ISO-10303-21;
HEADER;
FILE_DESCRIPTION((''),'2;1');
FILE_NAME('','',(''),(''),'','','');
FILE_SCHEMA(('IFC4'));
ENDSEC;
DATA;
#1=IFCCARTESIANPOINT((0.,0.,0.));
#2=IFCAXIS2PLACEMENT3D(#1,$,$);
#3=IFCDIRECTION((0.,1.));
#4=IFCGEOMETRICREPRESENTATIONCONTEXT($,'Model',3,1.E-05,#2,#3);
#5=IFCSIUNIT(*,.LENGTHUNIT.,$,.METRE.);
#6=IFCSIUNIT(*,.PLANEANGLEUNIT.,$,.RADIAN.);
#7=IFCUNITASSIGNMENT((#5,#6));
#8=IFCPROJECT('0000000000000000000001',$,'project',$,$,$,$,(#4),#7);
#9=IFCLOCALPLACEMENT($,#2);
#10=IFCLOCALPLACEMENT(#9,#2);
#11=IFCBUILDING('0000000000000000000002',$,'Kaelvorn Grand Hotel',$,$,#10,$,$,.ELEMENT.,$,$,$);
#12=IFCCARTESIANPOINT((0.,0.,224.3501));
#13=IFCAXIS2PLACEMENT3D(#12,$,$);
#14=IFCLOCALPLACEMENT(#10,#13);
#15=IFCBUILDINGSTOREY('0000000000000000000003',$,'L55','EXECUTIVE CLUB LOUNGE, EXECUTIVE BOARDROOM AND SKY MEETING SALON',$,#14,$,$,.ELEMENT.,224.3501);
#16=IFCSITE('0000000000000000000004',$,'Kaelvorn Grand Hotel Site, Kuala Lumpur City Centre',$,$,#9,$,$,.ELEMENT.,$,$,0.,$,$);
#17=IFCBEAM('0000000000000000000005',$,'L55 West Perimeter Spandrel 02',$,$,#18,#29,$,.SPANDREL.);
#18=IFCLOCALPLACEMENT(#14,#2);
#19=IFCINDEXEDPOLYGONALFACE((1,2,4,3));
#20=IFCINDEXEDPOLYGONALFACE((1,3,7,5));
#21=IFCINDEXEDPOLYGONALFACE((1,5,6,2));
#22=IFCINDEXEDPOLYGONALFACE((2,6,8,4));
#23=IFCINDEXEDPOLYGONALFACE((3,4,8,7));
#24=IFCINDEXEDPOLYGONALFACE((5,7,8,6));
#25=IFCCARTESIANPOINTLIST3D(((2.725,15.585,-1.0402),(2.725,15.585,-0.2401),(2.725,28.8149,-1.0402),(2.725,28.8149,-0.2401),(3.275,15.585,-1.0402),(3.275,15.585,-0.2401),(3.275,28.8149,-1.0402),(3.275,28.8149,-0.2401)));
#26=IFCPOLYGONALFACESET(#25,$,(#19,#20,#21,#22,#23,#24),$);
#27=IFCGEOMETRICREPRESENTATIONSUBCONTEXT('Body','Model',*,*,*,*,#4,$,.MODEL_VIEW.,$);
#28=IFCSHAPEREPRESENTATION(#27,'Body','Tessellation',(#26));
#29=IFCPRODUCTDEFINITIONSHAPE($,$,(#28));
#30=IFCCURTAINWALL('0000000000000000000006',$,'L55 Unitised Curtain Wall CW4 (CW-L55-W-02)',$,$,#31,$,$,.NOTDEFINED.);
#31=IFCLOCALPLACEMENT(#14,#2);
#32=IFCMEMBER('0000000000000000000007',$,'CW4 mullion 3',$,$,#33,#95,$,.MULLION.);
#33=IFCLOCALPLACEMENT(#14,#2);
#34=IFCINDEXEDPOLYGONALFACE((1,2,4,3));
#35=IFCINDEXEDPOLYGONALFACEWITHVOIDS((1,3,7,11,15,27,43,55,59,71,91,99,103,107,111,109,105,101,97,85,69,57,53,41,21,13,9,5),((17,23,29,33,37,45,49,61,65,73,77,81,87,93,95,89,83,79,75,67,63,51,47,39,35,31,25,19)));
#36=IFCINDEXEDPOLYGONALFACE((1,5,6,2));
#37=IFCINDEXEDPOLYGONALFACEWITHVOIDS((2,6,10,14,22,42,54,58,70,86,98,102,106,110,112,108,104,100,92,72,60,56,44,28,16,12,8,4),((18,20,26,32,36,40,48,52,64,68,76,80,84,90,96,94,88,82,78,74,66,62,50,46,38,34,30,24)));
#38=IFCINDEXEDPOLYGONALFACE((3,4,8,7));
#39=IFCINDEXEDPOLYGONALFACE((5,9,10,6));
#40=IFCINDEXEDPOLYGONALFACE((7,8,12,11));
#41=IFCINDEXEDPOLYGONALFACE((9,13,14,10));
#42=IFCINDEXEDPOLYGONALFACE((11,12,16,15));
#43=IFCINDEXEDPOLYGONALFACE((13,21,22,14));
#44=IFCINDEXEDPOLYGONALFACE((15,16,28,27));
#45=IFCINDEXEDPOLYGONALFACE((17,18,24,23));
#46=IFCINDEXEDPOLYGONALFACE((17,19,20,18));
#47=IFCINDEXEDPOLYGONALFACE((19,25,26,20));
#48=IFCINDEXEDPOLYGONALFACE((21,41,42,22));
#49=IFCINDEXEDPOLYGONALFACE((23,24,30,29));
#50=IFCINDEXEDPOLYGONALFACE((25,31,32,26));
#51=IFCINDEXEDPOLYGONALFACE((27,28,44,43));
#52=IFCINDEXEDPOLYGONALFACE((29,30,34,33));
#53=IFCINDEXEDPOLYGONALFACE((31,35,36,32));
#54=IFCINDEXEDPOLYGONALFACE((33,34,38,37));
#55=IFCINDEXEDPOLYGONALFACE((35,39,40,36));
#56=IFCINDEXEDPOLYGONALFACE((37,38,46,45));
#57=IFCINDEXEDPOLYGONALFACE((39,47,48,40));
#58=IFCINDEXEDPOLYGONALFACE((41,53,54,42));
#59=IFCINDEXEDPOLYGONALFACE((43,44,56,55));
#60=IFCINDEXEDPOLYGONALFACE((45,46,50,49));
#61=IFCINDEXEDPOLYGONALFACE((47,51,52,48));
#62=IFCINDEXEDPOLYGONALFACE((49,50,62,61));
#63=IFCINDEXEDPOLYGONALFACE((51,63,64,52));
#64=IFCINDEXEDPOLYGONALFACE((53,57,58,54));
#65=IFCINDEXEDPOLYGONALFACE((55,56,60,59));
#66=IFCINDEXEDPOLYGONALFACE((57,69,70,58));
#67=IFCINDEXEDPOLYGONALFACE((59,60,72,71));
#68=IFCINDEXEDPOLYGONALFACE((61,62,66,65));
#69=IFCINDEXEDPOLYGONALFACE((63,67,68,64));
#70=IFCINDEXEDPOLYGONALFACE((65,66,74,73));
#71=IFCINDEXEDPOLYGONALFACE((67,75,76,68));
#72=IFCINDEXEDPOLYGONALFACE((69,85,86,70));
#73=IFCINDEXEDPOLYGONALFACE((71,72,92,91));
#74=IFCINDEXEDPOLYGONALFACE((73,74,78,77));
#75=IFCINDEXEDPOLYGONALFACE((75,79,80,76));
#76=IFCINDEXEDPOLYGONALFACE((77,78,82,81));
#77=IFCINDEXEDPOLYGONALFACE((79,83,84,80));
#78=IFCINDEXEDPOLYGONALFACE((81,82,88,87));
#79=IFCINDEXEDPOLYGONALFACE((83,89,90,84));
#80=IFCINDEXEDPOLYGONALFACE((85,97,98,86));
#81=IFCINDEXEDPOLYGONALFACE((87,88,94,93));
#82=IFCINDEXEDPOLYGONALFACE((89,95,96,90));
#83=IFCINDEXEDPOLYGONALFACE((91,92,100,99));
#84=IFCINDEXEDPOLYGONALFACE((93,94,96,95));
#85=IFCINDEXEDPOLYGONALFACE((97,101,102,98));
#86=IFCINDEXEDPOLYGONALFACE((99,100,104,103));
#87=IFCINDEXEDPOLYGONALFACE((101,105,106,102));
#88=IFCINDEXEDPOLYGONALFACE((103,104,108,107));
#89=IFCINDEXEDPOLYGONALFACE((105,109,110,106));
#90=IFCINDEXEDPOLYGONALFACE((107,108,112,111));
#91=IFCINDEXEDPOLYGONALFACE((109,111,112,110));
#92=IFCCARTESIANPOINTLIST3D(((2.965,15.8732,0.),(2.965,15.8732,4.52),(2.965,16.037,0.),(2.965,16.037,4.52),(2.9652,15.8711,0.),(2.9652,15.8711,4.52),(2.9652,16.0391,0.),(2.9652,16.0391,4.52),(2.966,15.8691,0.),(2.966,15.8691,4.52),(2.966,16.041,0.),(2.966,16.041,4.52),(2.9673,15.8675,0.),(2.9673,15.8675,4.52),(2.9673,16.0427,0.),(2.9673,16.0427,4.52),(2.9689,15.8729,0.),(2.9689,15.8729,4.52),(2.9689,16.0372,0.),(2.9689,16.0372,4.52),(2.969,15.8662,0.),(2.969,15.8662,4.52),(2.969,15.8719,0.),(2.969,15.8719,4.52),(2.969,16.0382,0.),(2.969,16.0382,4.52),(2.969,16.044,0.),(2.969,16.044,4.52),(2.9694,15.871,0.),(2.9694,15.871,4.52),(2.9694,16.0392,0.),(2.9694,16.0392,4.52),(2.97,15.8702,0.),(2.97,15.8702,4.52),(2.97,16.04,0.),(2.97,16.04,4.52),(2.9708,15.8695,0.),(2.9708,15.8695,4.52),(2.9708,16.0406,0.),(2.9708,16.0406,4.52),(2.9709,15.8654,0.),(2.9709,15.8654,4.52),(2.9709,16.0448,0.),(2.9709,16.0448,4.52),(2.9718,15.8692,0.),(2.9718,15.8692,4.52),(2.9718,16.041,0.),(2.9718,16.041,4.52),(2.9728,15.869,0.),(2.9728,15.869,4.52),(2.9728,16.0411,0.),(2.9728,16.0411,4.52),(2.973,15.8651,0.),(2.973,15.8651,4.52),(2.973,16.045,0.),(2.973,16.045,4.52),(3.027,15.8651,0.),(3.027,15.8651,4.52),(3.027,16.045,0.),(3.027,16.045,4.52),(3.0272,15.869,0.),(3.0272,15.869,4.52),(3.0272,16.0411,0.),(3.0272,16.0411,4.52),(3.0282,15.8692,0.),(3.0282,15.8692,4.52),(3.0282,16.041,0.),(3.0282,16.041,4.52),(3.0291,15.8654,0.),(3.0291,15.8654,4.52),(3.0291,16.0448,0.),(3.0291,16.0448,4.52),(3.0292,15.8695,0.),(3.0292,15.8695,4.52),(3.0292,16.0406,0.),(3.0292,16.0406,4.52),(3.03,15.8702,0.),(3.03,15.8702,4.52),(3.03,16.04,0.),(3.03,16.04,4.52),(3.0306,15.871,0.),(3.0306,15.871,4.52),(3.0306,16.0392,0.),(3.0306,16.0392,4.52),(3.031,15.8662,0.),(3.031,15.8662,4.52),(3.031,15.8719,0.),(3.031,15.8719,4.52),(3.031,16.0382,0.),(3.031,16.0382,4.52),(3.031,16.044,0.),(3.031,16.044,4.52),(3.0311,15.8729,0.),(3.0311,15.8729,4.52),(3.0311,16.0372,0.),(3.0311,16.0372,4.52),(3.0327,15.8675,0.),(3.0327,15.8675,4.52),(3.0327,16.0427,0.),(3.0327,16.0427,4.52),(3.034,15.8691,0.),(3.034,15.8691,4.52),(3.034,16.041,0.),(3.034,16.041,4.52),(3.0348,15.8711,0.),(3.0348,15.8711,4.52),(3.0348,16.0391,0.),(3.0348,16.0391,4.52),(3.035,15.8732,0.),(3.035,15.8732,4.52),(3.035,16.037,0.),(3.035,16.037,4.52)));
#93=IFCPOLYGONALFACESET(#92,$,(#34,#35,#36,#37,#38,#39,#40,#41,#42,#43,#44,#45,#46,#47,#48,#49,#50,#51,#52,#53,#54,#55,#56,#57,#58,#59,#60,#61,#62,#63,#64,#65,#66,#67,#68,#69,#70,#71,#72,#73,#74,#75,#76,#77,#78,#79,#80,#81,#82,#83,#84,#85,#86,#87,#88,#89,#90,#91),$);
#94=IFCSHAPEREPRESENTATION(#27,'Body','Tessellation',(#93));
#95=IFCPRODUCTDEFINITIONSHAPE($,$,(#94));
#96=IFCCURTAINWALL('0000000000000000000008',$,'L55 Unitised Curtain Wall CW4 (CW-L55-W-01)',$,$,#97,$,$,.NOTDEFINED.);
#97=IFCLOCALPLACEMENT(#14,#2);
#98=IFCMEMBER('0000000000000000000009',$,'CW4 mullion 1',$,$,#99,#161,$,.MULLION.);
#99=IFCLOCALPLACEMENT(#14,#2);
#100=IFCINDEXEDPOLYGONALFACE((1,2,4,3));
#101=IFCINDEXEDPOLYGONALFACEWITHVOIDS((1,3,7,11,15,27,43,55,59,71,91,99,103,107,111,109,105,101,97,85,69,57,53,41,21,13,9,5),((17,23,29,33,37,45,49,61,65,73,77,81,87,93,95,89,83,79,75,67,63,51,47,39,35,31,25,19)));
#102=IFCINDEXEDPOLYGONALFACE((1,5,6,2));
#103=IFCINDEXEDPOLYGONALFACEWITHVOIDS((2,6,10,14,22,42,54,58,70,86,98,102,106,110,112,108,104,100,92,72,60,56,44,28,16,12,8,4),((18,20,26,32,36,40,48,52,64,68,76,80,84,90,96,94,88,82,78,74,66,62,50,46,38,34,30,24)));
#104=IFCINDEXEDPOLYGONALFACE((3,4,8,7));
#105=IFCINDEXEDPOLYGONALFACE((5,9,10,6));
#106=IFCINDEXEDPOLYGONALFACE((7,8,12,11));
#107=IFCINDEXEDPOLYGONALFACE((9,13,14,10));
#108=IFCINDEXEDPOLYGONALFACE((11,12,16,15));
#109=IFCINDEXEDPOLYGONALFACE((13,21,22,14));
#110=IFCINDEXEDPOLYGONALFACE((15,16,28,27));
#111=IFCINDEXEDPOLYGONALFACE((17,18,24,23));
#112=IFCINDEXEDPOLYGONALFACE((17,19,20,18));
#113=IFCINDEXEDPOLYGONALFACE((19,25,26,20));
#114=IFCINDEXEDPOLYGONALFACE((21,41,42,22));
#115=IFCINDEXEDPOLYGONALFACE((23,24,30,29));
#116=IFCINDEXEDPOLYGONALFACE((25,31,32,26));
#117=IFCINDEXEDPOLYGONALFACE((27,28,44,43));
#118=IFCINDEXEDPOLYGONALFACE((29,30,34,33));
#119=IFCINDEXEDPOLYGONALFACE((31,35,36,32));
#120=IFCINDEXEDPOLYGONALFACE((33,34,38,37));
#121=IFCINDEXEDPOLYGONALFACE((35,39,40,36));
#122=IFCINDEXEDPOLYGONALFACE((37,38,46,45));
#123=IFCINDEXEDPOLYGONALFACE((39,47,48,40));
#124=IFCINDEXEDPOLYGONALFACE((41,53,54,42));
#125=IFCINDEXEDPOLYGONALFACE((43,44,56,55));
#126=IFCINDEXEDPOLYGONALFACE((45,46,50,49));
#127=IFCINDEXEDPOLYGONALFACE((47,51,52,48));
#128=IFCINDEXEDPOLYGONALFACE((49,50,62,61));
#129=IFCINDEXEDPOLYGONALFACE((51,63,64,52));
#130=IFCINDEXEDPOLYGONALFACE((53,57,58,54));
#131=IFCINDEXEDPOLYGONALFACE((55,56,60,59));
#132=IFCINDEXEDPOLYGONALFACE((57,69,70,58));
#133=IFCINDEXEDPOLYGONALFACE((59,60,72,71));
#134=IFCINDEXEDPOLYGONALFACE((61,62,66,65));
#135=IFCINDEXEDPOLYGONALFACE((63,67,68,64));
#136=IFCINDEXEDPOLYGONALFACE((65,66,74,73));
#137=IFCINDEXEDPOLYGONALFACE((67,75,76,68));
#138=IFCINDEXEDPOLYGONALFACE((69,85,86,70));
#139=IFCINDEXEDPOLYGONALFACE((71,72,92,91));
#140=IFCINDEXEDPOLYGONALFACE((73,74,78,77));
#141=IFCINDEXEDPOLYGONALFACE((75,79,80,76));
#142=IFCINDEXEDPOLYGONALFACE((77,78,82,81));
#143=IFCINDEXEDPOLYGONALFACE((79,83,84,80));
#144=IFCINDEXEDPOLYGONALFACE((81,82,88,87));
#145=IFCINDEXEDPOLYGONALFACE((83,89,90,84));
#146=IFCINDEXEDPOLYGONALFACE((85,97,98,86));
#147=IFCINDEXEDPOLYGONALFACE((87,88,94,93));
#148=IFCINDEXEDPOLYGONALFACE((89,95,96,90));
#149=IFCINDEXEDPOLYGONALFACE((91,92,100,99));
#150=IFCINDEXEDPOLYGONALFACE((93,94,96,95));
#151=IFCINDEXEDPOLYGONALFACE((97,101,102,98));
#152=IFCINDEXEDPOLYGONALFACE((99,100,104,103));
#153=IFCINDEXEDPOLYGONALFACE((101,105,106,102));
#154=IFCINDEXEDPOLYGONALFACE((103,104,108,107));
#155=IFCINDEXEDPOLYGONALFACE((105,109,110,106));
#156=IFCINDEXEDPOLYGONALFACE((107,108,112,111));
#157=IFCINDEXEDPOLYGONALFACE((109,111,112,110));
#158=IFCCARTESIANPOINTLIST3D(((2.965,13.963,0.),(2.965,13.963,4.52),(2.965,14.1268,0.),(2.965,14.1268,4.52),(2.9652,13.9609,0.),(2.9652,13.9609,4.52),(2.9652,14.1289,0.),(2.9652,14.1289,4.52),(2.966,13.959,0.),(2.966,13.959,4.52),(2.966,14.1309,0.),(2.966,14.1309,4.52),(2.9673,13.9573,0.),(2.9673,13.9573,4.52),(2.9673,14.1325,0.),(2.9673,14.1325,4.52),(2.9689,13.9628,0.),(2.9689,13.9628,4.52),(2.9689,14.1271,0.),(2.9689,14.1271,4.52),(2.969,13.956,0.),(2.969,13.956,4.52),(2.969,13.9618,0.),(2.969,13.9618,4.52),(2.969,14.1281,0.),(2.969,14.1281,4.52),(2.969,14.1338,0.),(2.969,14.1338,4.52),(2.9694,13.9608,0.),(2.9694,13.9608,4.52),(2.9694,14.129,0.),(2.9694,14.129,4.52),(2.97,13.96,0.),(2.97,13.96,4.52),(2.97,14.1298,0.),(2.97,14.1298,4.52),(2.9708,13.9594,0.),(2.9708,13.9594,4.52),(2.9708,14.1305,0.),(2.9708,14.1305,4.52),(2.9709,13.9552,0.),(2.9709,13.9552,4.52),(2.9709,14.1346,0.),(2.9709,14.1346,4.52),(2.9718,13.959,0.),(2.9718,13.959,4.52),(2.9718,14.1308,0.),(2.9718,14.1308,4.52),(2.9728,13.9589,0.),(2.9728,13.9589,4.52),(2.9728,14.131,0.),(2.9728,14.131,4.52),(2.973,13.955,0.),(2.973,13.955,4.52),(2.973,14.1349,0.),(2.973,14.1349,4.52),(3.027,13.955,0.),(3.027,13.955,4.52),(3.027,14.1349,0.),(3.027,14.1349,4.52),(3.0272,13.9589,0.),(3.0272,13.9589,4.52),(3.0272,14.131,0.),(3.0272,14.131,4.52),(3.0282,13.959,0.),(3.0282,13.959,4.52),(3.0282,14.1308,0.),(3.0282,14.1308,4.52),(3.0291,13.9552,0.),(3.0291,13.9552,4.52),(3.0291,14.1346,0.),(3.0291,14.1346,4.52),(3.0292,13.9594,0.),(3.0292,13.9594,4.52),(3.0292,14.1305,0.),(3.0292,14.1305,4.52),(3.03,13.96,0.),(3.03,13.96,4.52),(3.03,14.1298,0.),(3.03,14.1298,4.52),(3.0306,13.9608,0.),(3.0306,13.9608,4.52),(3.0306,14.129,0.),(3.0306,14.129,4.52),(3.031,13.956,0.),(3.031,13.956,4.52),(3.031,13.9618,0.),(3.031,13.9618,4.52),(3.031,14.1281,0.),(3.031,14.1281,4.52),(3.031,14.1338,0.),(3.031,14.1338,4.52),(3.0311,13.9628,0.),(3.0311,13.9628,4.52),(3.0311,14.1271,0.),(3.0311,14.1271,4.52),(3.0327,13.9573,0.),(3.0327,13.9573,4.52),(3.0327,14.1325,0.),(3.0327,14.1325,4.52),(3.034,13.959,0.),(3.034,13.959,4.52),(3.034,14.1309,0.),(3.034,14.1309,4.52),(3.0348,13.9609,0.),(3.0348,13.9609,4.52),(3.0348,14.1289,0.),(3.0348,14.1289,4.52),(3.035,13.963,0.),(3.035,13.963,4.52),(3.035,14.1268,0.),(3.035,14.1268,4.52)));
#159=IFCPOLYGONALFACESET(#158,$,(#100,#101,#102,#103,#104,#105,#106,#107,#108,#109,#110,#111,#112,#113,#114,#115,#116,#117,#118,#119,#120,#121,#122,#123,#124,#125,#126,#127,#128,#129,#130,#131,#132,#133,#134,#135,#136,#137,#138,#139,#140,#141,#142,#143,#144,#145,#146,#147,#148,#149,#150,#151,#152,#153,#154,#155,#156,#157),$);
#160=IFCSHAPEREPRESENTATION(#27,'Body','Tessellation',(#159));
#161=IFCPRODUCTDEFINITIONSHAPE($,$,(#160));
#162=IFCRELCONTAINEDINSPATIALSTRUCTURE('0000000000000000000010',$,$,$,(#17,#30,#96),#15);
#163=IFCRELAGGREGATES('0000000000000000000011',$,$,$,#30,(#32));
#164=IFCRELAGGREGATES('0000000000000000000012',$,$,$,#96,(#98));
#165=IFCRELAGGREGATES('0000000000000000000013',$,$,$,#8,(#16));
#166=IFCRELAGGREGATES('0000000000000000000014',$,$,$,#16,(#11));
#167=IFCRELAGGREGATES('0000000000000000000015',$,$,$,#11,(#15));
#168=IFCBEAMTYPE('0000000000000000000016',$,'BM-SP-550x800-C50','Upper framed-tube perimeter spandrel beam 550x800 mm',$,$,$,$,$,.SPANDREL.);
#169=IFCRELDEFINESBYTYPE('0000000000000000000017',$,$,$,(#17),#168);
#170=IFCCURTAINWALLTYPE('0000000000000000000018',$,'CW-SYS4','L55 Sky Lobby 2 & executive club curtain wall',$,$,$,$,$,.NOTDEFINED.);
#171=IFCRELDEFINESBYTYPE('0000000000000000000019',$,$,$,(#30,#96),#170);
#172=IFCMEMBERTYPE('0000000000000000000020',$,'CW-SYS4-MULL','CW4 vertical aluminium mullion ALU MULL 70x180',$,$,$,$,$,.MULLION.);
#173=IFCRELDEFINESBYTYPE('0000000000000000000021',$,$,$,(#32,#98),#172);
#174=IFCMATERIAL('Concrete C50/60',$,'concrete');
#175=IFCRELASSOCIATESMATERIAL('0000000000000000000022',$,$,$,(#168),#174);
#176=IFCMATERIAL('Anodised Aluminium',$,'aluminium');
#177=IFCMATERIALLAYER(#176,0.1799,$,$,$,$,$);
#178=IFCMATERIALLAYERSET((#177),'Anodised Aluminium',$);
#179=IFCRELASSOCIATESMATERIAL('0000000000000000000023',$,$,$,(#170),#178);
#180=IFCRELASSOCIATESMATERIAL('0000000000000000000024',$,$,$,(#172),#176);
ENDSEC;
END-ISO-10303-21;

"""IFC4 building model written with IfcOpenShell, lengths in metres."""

from ifc_helpers import new_model, si_unit, direction, frame, origin, origin_2d, place, context, subcontext, project, spatial, rectangle, hollow_rectangle, extrude, material, layer, layer_set, material_profile, profile_set, type_object, element, aggregate, save


model = new_model("IFC4")

# Units and contexts
model_context = context("Model", 3, precision=1e-05, world=origin(), true_north=direction((0.0, 1.0)))
body_context = subcontext(model_context, "Body", "Model", "MODEL_VIEW")
ifc_project = project(units=[si_unit("LENGTHUNIT", "METRE"), si_unit("PLANEANGLEUNIT", "RADIAN")], contexts=[model_context])

# Site, building, storey
site_placement = place(None, origin())
site = spatial("IfcSite", under=ifc_project, at=site_placement, Name="Kaelvorn Grand Hotel Site, Kuala Lumpur City Centre", CompositionType="ELEMENT", RefElevation=0.0)
building_placement = place(site_placement, origin())
building = spatial("IfcBuilding", under=site, at=building_placement, Name="Kaelvorn Grand Hotel", CompositionType="ELEMENT")
storey_placement = place(building_placement, frame((0.0, 0.0, 224.3501)))
storey = spatial("IfcBuildingStorey", under=building, at=storey_placement, Name="L55", Description="EXECUTIVE CLUB LOUNGE, EXECUTIVE BOARDROOM AND SKY MEETING SALON", CompositionType="ELEMENT", Elevation=224.3501)

# Beam
ifc_material_1 = material(Name="Concrete C50/60", Category="concrete")
ifc_material_profile_1 = material_profile(ifc_material_1, rectangle(XDim=0.55, YDim=0.8, at=origin_2d()), Name="RC SPANDREL 550x800")
ifc_profile_set_1 = profile_set([ifc_material_profile_1], Name="Concrete C50/60")
beam_type_1 = type_object("IfcBeamType", Name="BM-SP-550x800-C50", Description="Upper framed-tube perimeter spandrel beam 550x800 mm", PredefinedType="SPANDREL", material=ifc_profile_set_1)
beam_1_placement = place(storey_placement, frame((3.0, 15.585, -0.6401), z_axis=(0.0, 1.0, 0.0), x_axis=(-1.0, 0.0, 0.0)))
element("IfcBeam", 1, at=beam_1_placement, inside=storey, type_object=beam_type_1, Name="L55 West Perimeter Spandrel 02", PredefinedType="SPANDREL", context=body_context, shape_type="SweptSolid", body=[
    extrude(rectangle(XDim=0.55, YDim=0.8, at=origin_2d()), origin(), (0.0, 0.0, 1.0), 13.23),
])

# Curtain wall, member
ifc_material_2 = material(Name="Anodised Aluminium", Category="aluminium")
ifc_layer_1 = layer(ifc_material_2, 0.1799)
ifc_layer_set_1 = layer_set([ifc_layer_1], Name="Anodised Aluminium")
curtain_wall_type = type_object("IfcCurtainWallType", Name="CW-SYS4", Description="L55 Sky Lobby 2 & executive club curtain wall", PredefinedType="NOTDEFINED", material=ifc_layer_set_1)
curtain_wall_1_placement = place(storey_placement, origin())
curtain_wall_1 = element("IfcCurtainWall", 2, at=curtain_wall_1_placement, inside=storey, type_object=curtain_wall_type, Name="L55 Unitised Curtain Wall CW4 (CW-L55-W-02)", PredefinedType="NOTDEFINED")
ifc_material_profile_2 = material_profile(ifc_material_2, hollow_rectangle(XDim=0.0701, YDim=0.1799, WallThickness=0.0039, InnerFilletRadius=0.0039, OuterFilletRadius=0.0081, at=origin_2d()), Name="ALU MULL 70x180")
ifc_profile_set_2 = profile_set([ifc_material_profile_2], Name="Anodised Aluminium")
member_type_1 = type_object("IfcMemberType", Name="CW-SYS4-MULL", Description="CW4 vertical aluminium mullion ALU MULL 70x180", PredefinedType="MULLION", material=ifc_profile_set_2)
member_1_placement = place(storey_placement, frame((3.0, 15.9551, 0.0), z_axis=(0.0, 0.0, 1.0), x_axis=(1.0, 0.0, 0.0)))
member_1 = element("IfcMember", 3, at=member_1_placement, type_object=member_type_1, Name="CW4 mullion 3", PredefinedType="MULLION", context=body_context, shape_type="SweptSolid", body=[
    extrude(hollow_rectangle(XDim=0.0701, YDim=0.1799, WallThickness=0.0039, InnerFilletRadius=0.0039, OuterFilletRadius=0.0081, at=origin_2d()), origin(), (0.0, 0.0, 1.0), 4.52),
])

# Curtain wall, member
curtain_wall_2_placement = place(storey_placement, origin())
curtain_wall_2 = element("IfcCurtainWall", 4, at=curtain_wall_2_placement, inside=storey, type_object=curtain_wall_type, Name="L55 Unitised Curtain Wall CW4 (CW-L55-W-01)", PredefinedType="NOTDEFINED")
member_2_placement = place(storey_placement, frame((3.0, 14.0449, 0.0), z_axis=(0.0, 0.0, 1.0), x_axis=(1.0, 0.0, 0.0)))
member_2 = element("IfcMember", 5, at=member_2_placement, type_object=member_type_1, Name="CW4 mullion 1", PredefinedType="MULLION", context=body_context, shape_type="SweptSolid", body=[
    extrude(hollow_rectangle(XDim=0.0701, YDim=0.1799, WallThickness=0.0039, InnerFilletRadius=0.0039, OuterFilletRadius=0.0081, at=origin_2d()), origin(), (0.0, 0.0, 1.0), 4.52),
])

aggregate(curtain_wall_1, [member_1])
aggregate(curtain_wall_2, [member_2])

save(model, "model.ifc")
